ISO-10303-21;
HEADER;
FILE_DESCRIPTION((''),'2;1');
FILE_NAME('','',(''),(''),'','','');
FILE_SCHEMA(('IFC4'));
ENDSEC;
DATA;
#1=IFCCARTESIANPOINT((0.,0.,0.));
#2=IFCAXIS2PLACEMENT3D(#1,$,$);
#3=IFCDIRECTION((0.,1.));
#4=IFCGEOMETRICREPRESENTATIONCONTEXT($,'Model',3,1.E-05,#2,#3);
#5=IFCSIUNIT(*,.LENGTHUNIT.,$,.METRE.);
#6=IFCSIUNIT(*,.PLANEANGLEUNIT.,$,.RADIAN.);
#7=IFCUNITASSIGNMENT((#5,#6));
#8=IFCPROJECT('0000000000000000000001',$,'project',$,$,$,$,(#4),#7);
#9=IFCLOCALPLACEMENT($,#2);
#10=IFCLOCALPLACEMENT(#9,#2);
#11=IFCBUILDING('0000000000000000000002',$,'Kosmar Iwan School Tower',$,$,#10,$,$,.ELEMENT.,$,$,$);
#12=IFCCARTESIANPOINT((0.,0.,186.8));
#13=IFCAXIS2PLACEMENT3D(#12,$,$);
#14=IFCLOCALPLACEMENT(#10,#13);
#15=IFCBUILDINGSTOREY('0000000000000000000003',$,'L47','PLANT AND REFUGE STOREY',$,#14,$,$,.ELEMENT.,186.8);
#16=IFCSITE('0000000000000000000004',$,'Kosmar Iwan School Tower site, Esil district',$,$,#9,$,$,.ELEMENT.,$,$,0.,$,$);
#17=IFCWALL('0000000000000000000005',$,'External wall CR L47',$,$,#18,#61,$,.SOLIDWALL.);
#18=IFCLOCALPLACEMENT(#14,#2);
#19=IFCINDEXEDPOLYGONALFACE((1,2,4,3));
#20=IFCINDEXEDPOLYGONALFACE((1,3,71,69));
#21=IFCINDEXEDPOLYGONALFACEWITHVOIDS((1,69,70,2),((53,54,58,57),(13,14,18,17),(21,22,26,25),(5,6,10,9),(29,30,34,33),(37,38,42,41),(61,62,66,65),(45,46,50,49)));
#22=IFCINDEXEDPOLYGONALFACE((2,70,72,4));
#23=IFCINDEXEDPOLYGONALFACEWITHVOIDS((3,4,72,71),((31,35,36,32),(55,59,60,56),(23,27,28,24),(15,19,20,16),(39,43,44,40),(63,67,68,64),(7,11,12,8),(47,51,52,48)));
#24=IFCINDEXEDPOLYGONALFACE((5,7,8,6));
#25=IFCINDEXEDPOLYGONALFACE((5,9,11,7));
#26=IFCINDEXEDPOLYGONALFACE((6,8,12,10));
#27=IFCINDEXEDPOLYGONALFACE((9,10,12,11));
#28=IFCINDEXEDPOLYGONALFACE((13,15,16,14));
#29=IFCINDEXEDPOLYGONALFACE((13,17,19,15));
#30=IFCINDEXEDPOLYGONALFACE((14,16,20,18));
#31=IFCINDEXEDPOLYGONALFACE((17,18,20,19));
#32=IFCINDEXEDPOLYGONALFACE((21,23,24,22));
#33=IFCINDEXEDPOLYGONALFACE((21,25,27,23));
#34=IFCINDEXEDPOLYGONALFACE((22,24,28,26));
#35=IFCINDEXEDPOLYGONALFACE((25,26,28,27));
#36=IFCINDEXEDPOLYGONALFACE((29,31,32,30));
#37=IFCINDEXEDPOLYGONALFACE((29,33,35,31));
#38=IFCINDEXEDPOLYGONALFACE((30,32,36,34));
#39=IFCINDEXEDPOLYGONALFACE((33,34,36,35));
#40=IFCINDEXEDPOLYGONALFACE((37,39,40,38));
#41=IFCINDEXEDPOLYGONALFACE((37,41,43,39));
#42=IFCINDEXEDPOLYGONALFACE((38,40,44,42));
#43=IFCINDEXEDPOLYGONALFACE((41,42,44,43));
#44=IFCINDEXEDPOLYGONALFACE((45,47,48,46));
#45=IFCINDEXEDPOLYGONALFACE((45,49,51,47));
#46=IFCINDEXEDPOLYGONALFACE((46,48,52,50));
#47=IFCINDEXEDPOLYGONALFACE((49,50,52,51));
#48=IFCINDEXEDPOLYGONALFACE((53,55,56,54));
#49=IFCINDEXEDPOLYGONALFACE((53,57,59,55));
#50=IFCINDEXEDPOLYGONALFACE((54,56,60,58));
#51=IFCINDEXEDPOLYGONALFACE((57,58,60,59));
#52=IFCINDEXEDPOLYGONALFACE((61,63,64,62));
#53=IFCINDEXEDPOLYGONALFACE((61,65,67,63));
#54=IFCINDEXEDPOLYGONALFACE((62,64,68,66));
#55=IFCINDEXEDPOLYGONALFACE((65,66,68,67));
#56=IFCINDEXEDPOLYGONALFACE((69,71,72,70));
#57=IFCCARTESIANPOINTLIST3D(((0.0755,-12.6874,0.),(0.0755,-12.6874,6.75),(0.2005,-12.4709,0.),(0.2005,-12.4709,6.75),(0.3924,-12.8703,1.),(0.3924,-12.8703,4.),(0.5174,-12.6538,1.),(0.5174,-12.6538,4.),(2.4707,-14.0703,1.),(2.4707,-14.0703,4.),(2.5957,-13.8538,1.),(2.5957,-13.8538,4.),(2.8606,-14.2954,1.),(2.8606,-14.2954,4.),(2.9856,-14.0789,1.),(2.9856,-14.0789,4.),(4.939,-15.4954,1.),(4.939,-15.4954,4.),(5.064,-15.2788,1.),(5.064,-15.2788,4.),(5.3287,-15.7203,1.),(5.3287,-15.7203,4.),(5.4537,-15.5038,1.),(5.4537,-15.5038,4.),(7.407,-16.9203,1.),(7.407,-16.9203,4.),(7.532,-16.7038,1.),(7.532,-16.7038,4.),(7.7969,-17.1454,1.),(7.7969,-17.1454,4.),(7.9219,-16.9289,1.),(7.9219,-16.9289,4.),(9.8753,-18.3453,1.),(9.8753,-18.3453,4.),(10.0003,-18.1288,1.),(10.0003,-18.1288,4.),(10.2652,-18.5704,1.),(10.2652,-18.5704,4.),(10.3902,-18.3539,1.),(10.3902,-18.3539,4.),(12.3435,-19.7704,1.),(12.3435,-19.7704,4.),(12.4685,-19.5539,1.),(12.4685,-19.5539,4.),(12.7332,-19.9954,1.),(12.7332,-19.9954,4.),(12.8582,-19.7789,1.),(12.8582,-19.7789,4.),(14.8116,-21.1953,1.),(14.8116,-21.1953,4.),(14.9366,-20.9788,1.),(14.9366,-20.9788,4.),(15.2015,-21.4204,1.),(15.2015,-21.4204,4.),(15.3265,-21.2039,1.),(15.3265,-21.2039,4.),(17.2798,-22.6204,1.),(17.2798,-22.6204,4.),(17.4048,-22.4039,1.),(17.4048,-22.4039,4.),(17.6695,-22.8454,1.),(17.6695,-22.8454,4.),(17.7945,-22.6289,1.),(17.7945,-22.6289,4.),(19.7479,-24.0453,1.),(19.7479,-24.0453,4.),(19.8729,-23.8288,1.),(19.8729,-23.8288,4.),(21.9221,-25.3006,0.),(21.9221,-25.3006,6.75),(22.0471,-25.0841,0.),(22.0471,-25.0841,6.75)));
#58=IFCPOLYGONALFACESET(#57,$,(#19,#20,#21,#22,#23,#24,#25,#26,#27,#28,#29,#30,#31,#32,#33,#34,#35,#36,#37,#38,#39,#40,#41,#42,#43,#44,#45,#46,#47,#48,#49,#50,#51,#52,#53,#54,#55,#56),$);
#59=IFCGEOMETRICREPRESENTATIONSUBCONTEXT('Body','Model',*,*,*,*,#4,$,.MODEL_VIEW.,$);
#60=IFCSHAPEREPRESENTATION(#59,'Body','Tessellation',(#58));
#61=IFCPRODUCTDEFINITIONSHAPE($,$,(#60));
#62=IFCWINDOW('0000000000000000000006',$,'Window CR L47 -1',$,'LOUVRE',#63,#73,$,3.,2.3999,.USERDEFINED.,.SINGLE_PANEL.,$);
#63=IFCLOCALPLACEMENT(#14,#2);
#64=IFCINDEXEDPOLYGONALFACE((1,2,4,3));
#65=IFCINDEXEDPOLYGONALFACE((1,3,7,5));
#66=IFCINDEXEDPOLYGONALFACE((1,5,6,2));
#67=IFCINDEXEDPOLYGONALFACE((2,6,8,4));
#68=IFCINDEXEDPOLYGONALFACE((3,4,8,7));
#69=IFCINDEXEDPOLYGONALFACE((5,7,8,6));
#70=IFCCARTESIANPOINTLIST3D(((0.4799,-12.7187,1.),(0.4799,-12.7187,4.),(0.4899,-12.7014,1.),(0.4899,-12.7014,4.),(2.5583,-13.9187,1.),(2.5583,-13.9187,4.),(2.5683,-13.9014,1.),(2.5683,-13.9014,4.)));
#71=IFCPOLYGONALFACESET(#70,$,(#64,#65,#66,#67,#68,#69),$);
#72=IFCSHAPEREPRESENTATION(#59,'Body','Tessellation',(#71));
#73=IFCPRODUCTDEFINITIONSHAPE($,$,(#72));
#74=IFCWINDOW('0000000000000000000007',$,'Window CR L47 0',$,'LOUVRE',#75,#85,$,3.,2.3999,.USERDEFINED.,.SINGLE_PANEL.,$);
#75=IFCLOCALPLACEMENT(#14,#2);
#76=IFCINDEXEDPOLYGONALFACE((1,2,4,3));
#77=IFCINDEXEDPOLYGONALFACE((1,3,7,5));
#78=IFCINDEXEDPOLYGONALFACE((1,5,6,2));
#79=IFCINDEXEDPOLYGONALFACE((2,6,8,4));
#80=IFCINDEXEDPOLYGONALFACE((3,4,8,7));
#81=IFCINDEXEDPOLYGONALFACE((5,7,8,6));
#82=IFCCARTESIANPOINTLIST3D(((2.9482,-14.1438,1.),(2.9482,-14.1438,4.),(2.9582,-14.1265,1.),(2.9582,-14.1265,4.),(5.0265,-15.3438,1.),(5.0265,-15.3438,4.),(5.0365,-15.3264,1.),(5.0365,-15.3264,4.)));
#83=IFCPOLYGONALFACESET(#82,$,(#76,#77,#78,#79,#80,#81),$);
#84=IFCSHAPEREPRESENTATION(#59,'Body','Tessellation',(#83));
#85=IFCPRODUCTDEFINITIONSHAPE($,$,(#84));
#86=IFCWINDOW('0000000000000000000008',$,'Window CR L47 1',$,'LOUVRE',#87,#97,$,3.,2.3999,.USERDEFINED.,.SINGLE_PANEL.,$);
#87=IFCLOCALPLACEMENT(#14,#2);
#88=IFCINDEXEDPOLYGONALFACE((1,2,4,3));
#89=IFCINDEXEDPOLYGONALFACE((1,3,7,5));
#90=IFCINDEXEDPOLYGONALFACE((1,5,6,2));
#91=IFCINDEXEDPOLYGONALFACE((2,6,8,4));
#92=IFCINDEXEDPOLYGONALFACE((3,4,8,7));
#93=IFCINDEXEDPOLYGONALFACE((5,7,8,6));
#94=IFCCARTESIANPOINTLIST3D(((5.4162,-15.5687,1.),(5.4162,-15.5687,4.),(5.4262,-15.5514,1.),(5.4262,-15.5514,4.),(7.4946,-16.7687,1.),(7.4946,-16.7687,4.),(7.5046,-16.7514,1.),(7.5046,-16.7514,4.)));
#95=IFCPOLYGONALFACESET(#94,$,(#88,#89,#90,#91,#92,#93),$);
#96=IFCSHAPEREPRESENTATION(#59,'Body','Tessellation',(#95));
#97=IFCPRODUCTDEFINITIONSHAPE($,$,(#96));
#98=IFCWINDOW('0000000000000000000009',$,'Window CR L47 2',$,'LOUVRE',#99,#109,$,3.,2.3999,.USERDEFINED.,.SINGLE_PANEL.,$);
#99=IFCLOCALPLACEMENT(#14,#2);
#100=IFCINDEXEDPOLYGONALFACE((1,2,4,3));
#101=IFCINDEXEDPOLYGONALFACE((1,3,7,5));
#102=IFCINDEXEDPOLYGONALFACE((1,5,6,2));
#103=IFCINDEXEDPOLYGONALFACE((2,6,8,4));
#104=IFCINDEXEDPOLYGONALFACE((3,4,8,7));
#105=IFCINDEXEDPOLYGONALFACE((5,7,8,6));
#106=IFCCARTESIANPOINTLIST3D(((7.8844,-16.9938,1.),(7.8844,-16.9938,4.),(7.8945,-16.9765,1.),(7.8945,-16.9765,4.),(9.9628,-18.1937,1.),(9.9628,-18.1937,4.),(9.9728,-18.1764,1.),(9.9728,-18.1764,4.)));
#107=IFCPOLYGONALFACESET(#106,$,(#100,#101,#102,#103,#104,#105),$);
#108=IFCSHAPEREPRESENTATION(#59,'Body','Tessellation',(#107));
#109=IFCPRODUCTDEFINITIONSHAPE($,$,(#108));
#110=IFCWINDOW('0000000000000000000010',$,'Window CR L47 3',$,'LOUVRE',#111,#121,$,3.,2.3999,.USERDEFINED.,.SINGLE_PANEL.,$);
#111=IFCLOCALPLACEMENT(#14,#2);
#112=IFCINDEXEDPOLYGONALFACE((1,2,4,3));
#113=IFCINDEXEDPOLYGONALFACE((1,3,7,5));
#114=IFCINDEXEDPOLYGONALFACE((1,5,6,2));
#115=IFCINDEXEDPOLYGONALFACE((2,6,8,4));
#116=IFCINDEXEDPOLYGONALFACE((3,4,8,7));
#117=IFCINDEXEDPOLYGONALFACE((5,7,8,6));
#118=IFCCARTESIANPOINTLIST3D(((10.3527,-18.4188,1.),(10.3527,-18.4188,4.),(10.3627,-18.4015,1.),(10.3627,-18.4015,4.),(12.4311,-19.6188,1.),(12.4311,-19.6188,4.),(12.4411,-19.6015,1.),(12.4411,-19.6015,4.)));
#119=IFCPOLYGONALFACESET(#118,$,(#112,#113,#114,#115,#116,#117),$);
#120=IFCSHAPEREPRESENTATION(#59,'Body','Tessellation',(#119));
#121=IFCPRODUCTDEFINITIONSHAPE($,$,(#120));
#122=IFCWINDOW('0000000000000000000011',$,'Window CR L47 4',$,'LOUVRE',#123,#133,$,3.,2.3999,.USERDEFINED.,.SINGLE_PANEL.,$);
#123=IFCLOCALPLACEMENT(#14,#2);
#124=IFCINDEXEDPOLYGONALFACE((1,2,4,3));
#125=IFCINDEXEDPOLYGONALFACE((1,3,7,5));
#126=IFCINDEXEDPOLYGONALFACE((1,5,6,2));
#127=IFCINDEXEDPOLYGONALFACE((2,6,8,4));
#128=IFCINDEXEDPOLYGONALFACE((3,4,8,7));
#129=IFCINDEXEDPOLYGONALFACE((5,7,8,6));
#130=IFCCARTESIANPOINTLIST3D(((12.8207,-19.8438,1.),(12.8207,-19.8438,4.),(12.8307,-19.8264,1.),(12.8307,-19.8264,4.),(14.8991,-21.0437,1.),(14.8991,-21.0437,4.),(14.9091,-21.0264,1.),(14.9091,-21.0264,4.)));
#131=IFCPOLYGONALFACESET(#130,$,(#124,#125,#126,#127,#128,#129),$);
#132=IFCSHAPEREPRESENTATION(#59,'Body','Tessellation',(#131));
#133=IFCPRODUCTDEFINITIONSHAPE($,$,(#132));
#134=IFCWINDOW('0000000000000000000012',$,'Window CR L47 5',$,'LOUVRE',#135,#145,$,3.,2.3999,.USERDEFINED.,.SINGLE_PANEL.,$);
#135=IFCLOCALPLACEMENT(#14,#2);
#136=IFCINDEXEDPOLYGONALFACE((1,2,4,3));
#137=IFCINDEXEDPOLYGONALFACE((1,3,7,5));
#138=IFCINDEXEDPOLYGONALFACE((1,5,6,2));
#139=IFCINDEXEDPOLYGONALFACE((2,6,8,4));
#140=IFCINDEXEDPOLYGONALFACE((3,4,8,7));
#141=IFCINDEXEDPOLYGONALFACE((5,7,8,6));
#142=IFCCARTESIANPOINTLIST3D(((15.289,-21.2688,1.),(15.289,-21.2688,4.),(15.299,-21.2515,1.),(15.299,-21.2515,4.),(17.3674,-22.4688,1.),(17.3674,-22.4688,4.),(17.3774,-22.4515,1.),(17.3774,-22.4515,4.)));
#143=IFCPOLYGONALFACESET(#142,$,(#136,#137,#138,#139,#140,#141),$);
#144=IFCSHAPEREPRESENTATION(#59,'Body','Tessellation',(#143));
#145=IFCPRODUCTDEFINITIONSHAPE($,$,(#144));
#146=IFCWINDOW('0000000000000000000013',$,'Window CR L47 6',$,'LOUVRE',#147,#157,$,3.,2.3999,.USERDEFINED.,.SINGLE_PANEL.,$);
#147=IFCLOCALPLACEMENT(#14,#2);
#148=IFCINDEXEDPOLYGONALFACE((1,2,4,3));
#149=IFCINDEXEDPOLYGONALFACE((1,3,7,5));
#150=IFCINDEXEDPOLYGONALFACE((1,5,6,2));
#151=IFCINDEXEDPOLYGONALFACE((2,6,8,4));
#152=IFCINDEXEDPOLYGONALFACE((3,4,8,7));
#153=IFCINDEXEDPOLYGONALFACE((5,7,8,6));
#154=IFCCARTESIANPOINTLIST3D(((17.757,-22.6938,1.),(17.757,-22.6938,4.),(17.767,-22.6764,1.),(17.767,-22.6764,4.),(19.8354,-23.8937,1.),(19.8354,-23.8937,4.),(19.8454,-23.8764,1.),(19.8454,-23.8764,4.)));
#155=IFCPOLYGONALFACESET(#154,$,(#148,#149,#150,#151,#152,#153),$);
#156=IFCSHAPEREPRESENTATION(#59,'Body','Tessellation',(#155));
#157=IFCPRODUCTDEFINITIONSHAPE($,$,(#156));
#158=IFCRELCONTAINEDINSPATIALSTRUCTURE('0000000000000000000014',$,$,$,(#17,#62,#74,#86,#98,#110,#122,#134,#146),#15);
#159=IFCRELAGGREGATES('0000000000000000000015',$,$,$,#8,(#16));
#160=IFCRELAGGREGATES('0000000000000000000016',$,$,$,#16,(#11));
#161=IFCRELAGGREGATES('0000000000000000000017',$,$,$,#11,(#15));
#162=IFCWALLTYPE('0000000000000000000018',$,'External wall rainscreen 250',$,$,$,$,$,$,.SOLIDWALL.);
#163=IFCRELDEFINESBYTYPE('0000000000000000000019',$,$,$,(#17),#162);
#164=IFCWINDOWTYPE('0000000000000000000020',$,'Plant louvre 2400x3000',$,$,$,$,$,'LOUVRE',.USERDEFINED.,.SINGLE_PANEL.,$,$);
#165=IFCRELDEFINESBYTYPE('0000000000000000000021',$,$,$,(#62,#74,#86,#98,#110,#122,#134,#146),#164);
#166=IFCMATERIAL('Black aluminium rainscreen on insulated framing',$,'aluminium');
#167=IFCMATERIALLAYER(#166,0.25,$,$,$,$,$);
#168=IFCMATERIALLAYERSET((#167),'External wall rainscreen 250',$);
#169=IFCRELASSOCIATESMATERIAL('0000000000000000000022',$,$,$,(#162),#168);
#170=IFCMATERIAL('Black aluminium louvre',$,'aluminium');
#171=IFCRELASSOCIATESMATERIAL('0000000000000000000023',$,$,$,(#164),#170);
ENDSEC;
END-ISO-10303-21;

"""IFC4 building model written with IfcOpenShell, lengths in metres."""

from ifc_helpers import new_model, si_unit, direction, frame, frame_2d, origin, place, context, subcontext, project, spatial, rectangle, extrude, material, layer, layer_set, type_object, element, fill, save


model = new_model("IFC4")

# Units and contexts
model_context = context("Model", 3, precision=1e-05, world=origin(), true_north=direction((0.0, 1.0)))
body_context = subcontext(model_context, "Body", "Model", "MODEL_VIEW")
ifc_project = project(units=[si_unit("LENGTHUNIT", "METRE"), si_unit("PLANEANGLEUNIT", "RADIAN")], contexts=[model_context])

# Site, building, storey
site_placement = place(None, origin())
site = spatial("IfcSite", under=ifc_project, at=site_placement, Name="Kosmar Iwan School Tower site, Esil district", CompositionType="ELEMENT", RefElevation=0.0)
building_placement = place(site_placement, origin())
building = spatial("IfcBuilding", under=site, at=building_placement, Name="Kosmar Iwan School Tower", CompositionType="ELEMENT")
storey_placement = place(building_placement, frame((0.0, 0.0, 186.8)))
storey = spatial("IfcBuildingStorey", under=building, at=storey_placement, Name="L47", Description="PLANT AND REFUGE STOREY", CompositionType="ELEMENT", Elevation=186.8)

# Wall, openings, windows
ifc_material_1 = material(Name="Black aluminium rainscreen on insulated framing", Category="aluminium")
ifc_layer_1 = layer(ifc_material_1, 0.25)
ifc_layer_set_1 = layer_set([ifc_layer_1], Name="External wall rainscreen 250")
wall_type_1 = type_object("IfcWallType", Name="External wall rainscreen 250", PredefinedType="SOLIDWALL", material=ifc_layer_set_1)
ifc_material_2 = material(Name="Black aluminium louvre", Category="aluminium")
window_type = type_object("IfcWindowType", Name="Plant louvre 2400x3000", ElementType="LOUVRE", PartitioningType="SINGLE_PANEL", PredefinedType="USERDEFINED", material=ifc_material_2)
wall_1_placement = place(storey_placement, frame((0.1379, -12.5791, 0.0), z_axis=(0.0, 0.0, 1.0), x_axis=(0.866024, -0.500003, 0.0)))
wall_1 = element("IfcWall", 1, at=wall_1_placement, inside=storey, type_object=wall_type_1, Name="External wall CR L47", PredefinedType="SOLIDWALL", context=body_context, shape_type="SweptSolid", body=[
    extrude(rectangle(XDim=25.2263, YDim=0.25, at=frame_2d((12.6133, 0.0))), origin(), (0.0, 0.0, 1.0), 6.75),
])
opening_1_placement = place(wall_1_placement, frame((0.366, 0.0, 1.0)))
opening_1 = element("IfcOpeningElement", 2, at=opening_1_placement, cuts=wall_1, PredefinedType="OPENING", context=body_context, shape_type="SweptSolid", body=[
    extrude(rectangle(XDim=2.3999, YDim=3.0, at=frame_2d((1.2, 1.5))), frame((0.0, 0.137, 0.0), z_axis=(0.0, -1.0, 0.0), x_axis=(1.0, 0.0, 0.0)), (0.0, 0.0, 1.0), 0.2739),
])
opening_2_placement = place(wall_1_placement, frame((3.2161, 0.0, 1.0)))
opening_2 = element("IfcOpeningElement", 3, at=opening_2_placement, cuts=wall_1, PredefinedType="OPENING", context=body_context, shape_type="SweptSolid", body=[
    extrude(rectangle(XDim=2.3999, YDim=3.0, at=frame_2d((1.2, 1.5))), frame((0.0, 0.137, 0.0), z_axis=(0.0, -1.0, 0.0), x_axis=(1.0, 0.0, 0.0)), (0.0, 0.0, 1.0), 0.2739),
])
opening_3_placement = place(wall_1_placement, frame((6.0659, 0.0, 1.0)))
opening_3 = element("IfcOpeningElement", 4, at=opening_3_placement, cuts=wall_1, PredefinedType="OPENING", context=body_context, shape_type="SweptSolid", body=[
    extrude(rectangle(XDim=2.3999, YDim=3.0, at=frame_2d((1.2, 1.5))), frame((0.0, 0.137, 0.0), z_axis=(0.0, -1.0, 0.0), x_axis=(1.0, 0.0, 0.0)), (0.0, 0.0, 1.0), 0.2739),
])
opening_4_placement = place(wall_1_placement, frame((8.916, 0.0, 1.0)))
opening_4 = element("IfcOpeningElement", 5, at=opening_4_placement, cuts=wall_1, PredefinedType="OPENING", context=body_context, shape_type="SweptSolid", body=[
    extrude(rectangle(XDim=2.3999, YDim=3.0, at=frame_2d((1.2, 1.5))), frame((0.0, 0.137, 0.0), z_axis=(0.0, -1.0, 0.0), x_axis=(1.0, 0.0, 0.0)), (0.0, 0.0, 1.0), 0.2739),
])
opening_5_placement = place(wall_1_placement, frame((11.7661, 0.0, 1.0)))
opening_5 = element("IfcOpeningElement", 6, at=opening_5_placement, cuts=wall_1, PredefinedType="OPENING", context=body_context, shape_type="SweptSolid", body=[
    extrude(rectangle(XDim=2.3999, YDim=3.0, at=frame_2d((1.2, 1.5))), frame((0.0, 0.137, 0.0), z_axis=(0.0, -1.0, 0.0), x_axis=(1.0, 0.0, 0.0)), (0.0, 0.0, 1.0), 0.2739),
])
opening_6_placement = place(wall_1_placement, frame((14.616, 0.0, 1.0)))
opening_6 = element("IfcOpeningElement", 7, at=opening_6_placement, cuts=wall_1, PredefinedType="OPENING", context=body_context, shape_type="SweptSolid", body=[
    extrude(rectangle(XDim=2.3999, YDim=3.0, at=frame_2d((1.2, 1.5))), frame((0.0, 0.137, 0.0), z_axis=(0.0, -1.0, 0.0), x_axis=(1.0, 0.0, 0.0)), (0.0, 0.0, 1.0), 0.2739),
])
opening_7_placement = place(wall_1_placement, frame((17.4661, 0.0, 1.0)))
opening_7 = element("IfcOpeningElement", 8, at=opening_7_placement, cuts=wall_1, PredefinedType="OPENING", context=body_context, shape_type="SweptSolid", body=[
    extrude(rectangle(XDim=2.3999, YDim=3.0, at=frame_2d((1.2, 1.5))), frame((0.0, 0.137, 0.0), z_axis=(0.0, -1.0, 0.0), x_axis=(1.0, 0.0, 0.0)), (0.0, 0.0, 1.0), 0.2739),
])
opening_8_placement = place(wall_1_placement, frame((20.3159, 0.0, 1.0)))
opening_8 = element("IfcOpeningElement", 9, at=opening_8_placement, cuts=wall_1, PredefinedType="OPENING", context=body_context, shape_type="SweptSolid", body=[
    extrude(rectangle(XDim=2.3999, YDim=3.0, at=frame_2d((1.2, 1.5))), frame((0.0, 0.137, 0.0), z_axis=(0.0, -1.0, 0.0), x_axis=(1.0, 0.0, 0.0)), (0.0, 0.0, 1.0), 0.2739),
])
window_1_placement = place(opening_1_placement, origin())
window_1 = element("IfcWindow", 10, at=window_1_placement, inside=storey, type_object=window_type, Name="Window CR L47 -1", ObjectType="LOUVRE", OverallHeight=3.0, OverallWidth=2.3999, PartitioningType="SINGLE_PANEL", PredefinedType="USERDEFINED", context=body_context, shape_type="SweptSolid", body=[
    extrude(rectangle(XDim=2.3999, YDim=3.0, at=frame_2d((1.2, 1.5))), frame((0.0, 0.0701, 0.0), z_axis=(0.0, -1.0, 0.0), x_axis=(1.0, 0.0, 0.0)), (0.0, 0.0, 1.0), 0.02),
])
fill(opening_1, window_1)
window_2_placement = place(opening_2_placement, origin())
window_2 = element("IfcWindow", 11, at=window_2_placement, inside=storey, type_object=window_type, Name="Window CR L47 0", ObjectType="LOUVRE", OverallHeight=3.0, OverallWidth=2.3999, PartitioningType="SINGLE_PANEL", PredefinedType="USERDEFINED", context=body_context, shape_type="SweptSolid", body=[
    extrude(rectangle(XDim=2.3999, YDim=3.0, at=frame_2d((1.2, 1.5))), frame((0.0, 0.0701, 0.0), z_axis=(0.0, -1.0, 0.0), x_axis=(1.0, 0.0, 0.0)), (0.0, 0.0, 1.0), 0.02),
])
fill(opening_2, window_2)
window_3_placement = place(opening_3_placement, origin())
window_3 = element("IfcWindow", 12, at=window_3_placement, inside=storey, type_object=window_type, Name="Window CR L47 1", ObjectType="LOUVRE", OverallHeight=3.0, OverallWidth=2.3999, PartitioningType="SINGLE_PANEL", PredefinedType="USERDEFINED", context=body_context, shape_type="SweptSolid", body=[
    extrude(rectangle(XDim=2.3999, YDim=3.0, at=frame_2d((1.2, 1.5))), frame((0.0, 0.0701, 0.0), z_axis=(0.0, -1.0, 0.0), x_axis=(1.0, 0.0, 0.0)), (0.0, 0.0, 1.0), 0.02),
])
fill(opening_3, window_3)
window_4_placement = place(opening_4_placement, origin())
window_4 = element("IfcWindow", 13, at=window_4_placement, inside=storey, type_object=window_type, Name="Window CR L47 2", ObjectType="LOUVRE", OverallHeight=3.0, OverallWidth=2.3999, PartitioningType="SINGLE_PANEL", PredefinedType="USERDEFINED", context=body_context, shape_type="SweptSolid", body=[
    extrude(rectangle(XDim=2.3999, YDim=3.0, at=frame_2d((1.2, 1.5))), frame((0.0, 0.0701, 0.0), z_axis=(0.0, -1.0, 0.0), x_axis=(1.0, 0.0, 0.0)), (0.0, 0.0, 1.0), 0.02),
])
fill(opening_4, window_4)
window_5_placement = place(opening_5_placement, origin())
window_5 = element("IfcWindow", 14, at=window_5_placement, inside=storey, type_object=window_type, Name="Window CR L47 3", ObjectType="LOUVRE", OverallHeight=3.0, OverallWidth=2.3999, PartitioningType="SINGLE_PANEL", PredefinedType="USERDEFINED", context=body_context, shape_type="SweptSolid", body=[
    extrude(rectangle(XDim=2.3999, YDim=3.0, at=frame_2d((1.2, 1.5))), frame((0.0, 0.0701, 0.0), z_axis=(0.0, -1.0, 0.0), x_axis=(1.0, 0.0, 0.0)), (0.0, 0.0, 1.0), 0.02),
])
fill(opening_5, window_5)
window_6_placement = place(opening_6_placement, origin())
window_6 = element("IfcWindow", 15, at=window_6_placement, inside=storey, type_object=window_type, Name="Window CR L47 4", ObjectType="LOUVRE", OverallHeight=3.0, OverallWidth=2.3999, PartitioningType="SINGLE_PANEL", PredefinedType="USERDEFINED", context=body_context, shape_type="SweptSolid", body=[
    extrude(rectangle(XDim=2.3999, YDim=3.0, at=frame_2d((1.2, 1.5))), frame((0.0, 0.0701, 0.0), z_axis=(0.0, -1.0, 0.0), x_axis=(1.0, 0.0, 0.0)), (0.0, 0.0, 1.0), 0.02),
])
fill(opening_6, window_6)
window_7_placement = place(opening_7_placement, origin())
window_7 = element("IfcWindow", 16, at=window_7_placement, inside=storey, type_object=window_type, Name="Window CR L47 5", ObjectType="LOUVRE", OverallHeight=3.0, OverallWidth=2.3999, PartitioningType="SINGLE_PANEL", PredefinedType="USERDEFINED", context=body_context, shape_type="SweptSolid", body=[
    extrude(rectangle(XDim=2.3999, YDim=3.0, at=frame_2d((1.2, 1.5))), frame((0.0, 0.0701, 0.0), z_axis=(0.0, -1.0, 0.0), x_axis=(1.0, 0.0, 0.0)), (0.0, 0.0, 1.0), 0.02),
])
fill(opening_7, window_7)
window_8_placement = place(opening_8_placement, origin())
window_8 = element("IfcWindow", 17, at=window_8_placement, inside=storey, type_object=window_type, Name="Window CR L47 6", ObjectType="LOUVRE", OverallHeight=3.0, OverallWidth=2.3999, PartitioningType="SINGLE_PANEL", PredefinedType="USERDEFINED", context=body_context, shape_type="SweptSolid", body=[
    extrude(rectangle(XDim=2.3999, YDim=3.0, at=frame_2d((1.2, 1.5))), frame((0.0, 0.0701, 0.0), z_axis=(0.0, -1.0, 0.0), x_axis=(1.0, 0.0, 0.0)), (0.0, 0.0, 1.0), 0.02),
])
fill(opening_8, window_8)

save(model, "model.ifc")
